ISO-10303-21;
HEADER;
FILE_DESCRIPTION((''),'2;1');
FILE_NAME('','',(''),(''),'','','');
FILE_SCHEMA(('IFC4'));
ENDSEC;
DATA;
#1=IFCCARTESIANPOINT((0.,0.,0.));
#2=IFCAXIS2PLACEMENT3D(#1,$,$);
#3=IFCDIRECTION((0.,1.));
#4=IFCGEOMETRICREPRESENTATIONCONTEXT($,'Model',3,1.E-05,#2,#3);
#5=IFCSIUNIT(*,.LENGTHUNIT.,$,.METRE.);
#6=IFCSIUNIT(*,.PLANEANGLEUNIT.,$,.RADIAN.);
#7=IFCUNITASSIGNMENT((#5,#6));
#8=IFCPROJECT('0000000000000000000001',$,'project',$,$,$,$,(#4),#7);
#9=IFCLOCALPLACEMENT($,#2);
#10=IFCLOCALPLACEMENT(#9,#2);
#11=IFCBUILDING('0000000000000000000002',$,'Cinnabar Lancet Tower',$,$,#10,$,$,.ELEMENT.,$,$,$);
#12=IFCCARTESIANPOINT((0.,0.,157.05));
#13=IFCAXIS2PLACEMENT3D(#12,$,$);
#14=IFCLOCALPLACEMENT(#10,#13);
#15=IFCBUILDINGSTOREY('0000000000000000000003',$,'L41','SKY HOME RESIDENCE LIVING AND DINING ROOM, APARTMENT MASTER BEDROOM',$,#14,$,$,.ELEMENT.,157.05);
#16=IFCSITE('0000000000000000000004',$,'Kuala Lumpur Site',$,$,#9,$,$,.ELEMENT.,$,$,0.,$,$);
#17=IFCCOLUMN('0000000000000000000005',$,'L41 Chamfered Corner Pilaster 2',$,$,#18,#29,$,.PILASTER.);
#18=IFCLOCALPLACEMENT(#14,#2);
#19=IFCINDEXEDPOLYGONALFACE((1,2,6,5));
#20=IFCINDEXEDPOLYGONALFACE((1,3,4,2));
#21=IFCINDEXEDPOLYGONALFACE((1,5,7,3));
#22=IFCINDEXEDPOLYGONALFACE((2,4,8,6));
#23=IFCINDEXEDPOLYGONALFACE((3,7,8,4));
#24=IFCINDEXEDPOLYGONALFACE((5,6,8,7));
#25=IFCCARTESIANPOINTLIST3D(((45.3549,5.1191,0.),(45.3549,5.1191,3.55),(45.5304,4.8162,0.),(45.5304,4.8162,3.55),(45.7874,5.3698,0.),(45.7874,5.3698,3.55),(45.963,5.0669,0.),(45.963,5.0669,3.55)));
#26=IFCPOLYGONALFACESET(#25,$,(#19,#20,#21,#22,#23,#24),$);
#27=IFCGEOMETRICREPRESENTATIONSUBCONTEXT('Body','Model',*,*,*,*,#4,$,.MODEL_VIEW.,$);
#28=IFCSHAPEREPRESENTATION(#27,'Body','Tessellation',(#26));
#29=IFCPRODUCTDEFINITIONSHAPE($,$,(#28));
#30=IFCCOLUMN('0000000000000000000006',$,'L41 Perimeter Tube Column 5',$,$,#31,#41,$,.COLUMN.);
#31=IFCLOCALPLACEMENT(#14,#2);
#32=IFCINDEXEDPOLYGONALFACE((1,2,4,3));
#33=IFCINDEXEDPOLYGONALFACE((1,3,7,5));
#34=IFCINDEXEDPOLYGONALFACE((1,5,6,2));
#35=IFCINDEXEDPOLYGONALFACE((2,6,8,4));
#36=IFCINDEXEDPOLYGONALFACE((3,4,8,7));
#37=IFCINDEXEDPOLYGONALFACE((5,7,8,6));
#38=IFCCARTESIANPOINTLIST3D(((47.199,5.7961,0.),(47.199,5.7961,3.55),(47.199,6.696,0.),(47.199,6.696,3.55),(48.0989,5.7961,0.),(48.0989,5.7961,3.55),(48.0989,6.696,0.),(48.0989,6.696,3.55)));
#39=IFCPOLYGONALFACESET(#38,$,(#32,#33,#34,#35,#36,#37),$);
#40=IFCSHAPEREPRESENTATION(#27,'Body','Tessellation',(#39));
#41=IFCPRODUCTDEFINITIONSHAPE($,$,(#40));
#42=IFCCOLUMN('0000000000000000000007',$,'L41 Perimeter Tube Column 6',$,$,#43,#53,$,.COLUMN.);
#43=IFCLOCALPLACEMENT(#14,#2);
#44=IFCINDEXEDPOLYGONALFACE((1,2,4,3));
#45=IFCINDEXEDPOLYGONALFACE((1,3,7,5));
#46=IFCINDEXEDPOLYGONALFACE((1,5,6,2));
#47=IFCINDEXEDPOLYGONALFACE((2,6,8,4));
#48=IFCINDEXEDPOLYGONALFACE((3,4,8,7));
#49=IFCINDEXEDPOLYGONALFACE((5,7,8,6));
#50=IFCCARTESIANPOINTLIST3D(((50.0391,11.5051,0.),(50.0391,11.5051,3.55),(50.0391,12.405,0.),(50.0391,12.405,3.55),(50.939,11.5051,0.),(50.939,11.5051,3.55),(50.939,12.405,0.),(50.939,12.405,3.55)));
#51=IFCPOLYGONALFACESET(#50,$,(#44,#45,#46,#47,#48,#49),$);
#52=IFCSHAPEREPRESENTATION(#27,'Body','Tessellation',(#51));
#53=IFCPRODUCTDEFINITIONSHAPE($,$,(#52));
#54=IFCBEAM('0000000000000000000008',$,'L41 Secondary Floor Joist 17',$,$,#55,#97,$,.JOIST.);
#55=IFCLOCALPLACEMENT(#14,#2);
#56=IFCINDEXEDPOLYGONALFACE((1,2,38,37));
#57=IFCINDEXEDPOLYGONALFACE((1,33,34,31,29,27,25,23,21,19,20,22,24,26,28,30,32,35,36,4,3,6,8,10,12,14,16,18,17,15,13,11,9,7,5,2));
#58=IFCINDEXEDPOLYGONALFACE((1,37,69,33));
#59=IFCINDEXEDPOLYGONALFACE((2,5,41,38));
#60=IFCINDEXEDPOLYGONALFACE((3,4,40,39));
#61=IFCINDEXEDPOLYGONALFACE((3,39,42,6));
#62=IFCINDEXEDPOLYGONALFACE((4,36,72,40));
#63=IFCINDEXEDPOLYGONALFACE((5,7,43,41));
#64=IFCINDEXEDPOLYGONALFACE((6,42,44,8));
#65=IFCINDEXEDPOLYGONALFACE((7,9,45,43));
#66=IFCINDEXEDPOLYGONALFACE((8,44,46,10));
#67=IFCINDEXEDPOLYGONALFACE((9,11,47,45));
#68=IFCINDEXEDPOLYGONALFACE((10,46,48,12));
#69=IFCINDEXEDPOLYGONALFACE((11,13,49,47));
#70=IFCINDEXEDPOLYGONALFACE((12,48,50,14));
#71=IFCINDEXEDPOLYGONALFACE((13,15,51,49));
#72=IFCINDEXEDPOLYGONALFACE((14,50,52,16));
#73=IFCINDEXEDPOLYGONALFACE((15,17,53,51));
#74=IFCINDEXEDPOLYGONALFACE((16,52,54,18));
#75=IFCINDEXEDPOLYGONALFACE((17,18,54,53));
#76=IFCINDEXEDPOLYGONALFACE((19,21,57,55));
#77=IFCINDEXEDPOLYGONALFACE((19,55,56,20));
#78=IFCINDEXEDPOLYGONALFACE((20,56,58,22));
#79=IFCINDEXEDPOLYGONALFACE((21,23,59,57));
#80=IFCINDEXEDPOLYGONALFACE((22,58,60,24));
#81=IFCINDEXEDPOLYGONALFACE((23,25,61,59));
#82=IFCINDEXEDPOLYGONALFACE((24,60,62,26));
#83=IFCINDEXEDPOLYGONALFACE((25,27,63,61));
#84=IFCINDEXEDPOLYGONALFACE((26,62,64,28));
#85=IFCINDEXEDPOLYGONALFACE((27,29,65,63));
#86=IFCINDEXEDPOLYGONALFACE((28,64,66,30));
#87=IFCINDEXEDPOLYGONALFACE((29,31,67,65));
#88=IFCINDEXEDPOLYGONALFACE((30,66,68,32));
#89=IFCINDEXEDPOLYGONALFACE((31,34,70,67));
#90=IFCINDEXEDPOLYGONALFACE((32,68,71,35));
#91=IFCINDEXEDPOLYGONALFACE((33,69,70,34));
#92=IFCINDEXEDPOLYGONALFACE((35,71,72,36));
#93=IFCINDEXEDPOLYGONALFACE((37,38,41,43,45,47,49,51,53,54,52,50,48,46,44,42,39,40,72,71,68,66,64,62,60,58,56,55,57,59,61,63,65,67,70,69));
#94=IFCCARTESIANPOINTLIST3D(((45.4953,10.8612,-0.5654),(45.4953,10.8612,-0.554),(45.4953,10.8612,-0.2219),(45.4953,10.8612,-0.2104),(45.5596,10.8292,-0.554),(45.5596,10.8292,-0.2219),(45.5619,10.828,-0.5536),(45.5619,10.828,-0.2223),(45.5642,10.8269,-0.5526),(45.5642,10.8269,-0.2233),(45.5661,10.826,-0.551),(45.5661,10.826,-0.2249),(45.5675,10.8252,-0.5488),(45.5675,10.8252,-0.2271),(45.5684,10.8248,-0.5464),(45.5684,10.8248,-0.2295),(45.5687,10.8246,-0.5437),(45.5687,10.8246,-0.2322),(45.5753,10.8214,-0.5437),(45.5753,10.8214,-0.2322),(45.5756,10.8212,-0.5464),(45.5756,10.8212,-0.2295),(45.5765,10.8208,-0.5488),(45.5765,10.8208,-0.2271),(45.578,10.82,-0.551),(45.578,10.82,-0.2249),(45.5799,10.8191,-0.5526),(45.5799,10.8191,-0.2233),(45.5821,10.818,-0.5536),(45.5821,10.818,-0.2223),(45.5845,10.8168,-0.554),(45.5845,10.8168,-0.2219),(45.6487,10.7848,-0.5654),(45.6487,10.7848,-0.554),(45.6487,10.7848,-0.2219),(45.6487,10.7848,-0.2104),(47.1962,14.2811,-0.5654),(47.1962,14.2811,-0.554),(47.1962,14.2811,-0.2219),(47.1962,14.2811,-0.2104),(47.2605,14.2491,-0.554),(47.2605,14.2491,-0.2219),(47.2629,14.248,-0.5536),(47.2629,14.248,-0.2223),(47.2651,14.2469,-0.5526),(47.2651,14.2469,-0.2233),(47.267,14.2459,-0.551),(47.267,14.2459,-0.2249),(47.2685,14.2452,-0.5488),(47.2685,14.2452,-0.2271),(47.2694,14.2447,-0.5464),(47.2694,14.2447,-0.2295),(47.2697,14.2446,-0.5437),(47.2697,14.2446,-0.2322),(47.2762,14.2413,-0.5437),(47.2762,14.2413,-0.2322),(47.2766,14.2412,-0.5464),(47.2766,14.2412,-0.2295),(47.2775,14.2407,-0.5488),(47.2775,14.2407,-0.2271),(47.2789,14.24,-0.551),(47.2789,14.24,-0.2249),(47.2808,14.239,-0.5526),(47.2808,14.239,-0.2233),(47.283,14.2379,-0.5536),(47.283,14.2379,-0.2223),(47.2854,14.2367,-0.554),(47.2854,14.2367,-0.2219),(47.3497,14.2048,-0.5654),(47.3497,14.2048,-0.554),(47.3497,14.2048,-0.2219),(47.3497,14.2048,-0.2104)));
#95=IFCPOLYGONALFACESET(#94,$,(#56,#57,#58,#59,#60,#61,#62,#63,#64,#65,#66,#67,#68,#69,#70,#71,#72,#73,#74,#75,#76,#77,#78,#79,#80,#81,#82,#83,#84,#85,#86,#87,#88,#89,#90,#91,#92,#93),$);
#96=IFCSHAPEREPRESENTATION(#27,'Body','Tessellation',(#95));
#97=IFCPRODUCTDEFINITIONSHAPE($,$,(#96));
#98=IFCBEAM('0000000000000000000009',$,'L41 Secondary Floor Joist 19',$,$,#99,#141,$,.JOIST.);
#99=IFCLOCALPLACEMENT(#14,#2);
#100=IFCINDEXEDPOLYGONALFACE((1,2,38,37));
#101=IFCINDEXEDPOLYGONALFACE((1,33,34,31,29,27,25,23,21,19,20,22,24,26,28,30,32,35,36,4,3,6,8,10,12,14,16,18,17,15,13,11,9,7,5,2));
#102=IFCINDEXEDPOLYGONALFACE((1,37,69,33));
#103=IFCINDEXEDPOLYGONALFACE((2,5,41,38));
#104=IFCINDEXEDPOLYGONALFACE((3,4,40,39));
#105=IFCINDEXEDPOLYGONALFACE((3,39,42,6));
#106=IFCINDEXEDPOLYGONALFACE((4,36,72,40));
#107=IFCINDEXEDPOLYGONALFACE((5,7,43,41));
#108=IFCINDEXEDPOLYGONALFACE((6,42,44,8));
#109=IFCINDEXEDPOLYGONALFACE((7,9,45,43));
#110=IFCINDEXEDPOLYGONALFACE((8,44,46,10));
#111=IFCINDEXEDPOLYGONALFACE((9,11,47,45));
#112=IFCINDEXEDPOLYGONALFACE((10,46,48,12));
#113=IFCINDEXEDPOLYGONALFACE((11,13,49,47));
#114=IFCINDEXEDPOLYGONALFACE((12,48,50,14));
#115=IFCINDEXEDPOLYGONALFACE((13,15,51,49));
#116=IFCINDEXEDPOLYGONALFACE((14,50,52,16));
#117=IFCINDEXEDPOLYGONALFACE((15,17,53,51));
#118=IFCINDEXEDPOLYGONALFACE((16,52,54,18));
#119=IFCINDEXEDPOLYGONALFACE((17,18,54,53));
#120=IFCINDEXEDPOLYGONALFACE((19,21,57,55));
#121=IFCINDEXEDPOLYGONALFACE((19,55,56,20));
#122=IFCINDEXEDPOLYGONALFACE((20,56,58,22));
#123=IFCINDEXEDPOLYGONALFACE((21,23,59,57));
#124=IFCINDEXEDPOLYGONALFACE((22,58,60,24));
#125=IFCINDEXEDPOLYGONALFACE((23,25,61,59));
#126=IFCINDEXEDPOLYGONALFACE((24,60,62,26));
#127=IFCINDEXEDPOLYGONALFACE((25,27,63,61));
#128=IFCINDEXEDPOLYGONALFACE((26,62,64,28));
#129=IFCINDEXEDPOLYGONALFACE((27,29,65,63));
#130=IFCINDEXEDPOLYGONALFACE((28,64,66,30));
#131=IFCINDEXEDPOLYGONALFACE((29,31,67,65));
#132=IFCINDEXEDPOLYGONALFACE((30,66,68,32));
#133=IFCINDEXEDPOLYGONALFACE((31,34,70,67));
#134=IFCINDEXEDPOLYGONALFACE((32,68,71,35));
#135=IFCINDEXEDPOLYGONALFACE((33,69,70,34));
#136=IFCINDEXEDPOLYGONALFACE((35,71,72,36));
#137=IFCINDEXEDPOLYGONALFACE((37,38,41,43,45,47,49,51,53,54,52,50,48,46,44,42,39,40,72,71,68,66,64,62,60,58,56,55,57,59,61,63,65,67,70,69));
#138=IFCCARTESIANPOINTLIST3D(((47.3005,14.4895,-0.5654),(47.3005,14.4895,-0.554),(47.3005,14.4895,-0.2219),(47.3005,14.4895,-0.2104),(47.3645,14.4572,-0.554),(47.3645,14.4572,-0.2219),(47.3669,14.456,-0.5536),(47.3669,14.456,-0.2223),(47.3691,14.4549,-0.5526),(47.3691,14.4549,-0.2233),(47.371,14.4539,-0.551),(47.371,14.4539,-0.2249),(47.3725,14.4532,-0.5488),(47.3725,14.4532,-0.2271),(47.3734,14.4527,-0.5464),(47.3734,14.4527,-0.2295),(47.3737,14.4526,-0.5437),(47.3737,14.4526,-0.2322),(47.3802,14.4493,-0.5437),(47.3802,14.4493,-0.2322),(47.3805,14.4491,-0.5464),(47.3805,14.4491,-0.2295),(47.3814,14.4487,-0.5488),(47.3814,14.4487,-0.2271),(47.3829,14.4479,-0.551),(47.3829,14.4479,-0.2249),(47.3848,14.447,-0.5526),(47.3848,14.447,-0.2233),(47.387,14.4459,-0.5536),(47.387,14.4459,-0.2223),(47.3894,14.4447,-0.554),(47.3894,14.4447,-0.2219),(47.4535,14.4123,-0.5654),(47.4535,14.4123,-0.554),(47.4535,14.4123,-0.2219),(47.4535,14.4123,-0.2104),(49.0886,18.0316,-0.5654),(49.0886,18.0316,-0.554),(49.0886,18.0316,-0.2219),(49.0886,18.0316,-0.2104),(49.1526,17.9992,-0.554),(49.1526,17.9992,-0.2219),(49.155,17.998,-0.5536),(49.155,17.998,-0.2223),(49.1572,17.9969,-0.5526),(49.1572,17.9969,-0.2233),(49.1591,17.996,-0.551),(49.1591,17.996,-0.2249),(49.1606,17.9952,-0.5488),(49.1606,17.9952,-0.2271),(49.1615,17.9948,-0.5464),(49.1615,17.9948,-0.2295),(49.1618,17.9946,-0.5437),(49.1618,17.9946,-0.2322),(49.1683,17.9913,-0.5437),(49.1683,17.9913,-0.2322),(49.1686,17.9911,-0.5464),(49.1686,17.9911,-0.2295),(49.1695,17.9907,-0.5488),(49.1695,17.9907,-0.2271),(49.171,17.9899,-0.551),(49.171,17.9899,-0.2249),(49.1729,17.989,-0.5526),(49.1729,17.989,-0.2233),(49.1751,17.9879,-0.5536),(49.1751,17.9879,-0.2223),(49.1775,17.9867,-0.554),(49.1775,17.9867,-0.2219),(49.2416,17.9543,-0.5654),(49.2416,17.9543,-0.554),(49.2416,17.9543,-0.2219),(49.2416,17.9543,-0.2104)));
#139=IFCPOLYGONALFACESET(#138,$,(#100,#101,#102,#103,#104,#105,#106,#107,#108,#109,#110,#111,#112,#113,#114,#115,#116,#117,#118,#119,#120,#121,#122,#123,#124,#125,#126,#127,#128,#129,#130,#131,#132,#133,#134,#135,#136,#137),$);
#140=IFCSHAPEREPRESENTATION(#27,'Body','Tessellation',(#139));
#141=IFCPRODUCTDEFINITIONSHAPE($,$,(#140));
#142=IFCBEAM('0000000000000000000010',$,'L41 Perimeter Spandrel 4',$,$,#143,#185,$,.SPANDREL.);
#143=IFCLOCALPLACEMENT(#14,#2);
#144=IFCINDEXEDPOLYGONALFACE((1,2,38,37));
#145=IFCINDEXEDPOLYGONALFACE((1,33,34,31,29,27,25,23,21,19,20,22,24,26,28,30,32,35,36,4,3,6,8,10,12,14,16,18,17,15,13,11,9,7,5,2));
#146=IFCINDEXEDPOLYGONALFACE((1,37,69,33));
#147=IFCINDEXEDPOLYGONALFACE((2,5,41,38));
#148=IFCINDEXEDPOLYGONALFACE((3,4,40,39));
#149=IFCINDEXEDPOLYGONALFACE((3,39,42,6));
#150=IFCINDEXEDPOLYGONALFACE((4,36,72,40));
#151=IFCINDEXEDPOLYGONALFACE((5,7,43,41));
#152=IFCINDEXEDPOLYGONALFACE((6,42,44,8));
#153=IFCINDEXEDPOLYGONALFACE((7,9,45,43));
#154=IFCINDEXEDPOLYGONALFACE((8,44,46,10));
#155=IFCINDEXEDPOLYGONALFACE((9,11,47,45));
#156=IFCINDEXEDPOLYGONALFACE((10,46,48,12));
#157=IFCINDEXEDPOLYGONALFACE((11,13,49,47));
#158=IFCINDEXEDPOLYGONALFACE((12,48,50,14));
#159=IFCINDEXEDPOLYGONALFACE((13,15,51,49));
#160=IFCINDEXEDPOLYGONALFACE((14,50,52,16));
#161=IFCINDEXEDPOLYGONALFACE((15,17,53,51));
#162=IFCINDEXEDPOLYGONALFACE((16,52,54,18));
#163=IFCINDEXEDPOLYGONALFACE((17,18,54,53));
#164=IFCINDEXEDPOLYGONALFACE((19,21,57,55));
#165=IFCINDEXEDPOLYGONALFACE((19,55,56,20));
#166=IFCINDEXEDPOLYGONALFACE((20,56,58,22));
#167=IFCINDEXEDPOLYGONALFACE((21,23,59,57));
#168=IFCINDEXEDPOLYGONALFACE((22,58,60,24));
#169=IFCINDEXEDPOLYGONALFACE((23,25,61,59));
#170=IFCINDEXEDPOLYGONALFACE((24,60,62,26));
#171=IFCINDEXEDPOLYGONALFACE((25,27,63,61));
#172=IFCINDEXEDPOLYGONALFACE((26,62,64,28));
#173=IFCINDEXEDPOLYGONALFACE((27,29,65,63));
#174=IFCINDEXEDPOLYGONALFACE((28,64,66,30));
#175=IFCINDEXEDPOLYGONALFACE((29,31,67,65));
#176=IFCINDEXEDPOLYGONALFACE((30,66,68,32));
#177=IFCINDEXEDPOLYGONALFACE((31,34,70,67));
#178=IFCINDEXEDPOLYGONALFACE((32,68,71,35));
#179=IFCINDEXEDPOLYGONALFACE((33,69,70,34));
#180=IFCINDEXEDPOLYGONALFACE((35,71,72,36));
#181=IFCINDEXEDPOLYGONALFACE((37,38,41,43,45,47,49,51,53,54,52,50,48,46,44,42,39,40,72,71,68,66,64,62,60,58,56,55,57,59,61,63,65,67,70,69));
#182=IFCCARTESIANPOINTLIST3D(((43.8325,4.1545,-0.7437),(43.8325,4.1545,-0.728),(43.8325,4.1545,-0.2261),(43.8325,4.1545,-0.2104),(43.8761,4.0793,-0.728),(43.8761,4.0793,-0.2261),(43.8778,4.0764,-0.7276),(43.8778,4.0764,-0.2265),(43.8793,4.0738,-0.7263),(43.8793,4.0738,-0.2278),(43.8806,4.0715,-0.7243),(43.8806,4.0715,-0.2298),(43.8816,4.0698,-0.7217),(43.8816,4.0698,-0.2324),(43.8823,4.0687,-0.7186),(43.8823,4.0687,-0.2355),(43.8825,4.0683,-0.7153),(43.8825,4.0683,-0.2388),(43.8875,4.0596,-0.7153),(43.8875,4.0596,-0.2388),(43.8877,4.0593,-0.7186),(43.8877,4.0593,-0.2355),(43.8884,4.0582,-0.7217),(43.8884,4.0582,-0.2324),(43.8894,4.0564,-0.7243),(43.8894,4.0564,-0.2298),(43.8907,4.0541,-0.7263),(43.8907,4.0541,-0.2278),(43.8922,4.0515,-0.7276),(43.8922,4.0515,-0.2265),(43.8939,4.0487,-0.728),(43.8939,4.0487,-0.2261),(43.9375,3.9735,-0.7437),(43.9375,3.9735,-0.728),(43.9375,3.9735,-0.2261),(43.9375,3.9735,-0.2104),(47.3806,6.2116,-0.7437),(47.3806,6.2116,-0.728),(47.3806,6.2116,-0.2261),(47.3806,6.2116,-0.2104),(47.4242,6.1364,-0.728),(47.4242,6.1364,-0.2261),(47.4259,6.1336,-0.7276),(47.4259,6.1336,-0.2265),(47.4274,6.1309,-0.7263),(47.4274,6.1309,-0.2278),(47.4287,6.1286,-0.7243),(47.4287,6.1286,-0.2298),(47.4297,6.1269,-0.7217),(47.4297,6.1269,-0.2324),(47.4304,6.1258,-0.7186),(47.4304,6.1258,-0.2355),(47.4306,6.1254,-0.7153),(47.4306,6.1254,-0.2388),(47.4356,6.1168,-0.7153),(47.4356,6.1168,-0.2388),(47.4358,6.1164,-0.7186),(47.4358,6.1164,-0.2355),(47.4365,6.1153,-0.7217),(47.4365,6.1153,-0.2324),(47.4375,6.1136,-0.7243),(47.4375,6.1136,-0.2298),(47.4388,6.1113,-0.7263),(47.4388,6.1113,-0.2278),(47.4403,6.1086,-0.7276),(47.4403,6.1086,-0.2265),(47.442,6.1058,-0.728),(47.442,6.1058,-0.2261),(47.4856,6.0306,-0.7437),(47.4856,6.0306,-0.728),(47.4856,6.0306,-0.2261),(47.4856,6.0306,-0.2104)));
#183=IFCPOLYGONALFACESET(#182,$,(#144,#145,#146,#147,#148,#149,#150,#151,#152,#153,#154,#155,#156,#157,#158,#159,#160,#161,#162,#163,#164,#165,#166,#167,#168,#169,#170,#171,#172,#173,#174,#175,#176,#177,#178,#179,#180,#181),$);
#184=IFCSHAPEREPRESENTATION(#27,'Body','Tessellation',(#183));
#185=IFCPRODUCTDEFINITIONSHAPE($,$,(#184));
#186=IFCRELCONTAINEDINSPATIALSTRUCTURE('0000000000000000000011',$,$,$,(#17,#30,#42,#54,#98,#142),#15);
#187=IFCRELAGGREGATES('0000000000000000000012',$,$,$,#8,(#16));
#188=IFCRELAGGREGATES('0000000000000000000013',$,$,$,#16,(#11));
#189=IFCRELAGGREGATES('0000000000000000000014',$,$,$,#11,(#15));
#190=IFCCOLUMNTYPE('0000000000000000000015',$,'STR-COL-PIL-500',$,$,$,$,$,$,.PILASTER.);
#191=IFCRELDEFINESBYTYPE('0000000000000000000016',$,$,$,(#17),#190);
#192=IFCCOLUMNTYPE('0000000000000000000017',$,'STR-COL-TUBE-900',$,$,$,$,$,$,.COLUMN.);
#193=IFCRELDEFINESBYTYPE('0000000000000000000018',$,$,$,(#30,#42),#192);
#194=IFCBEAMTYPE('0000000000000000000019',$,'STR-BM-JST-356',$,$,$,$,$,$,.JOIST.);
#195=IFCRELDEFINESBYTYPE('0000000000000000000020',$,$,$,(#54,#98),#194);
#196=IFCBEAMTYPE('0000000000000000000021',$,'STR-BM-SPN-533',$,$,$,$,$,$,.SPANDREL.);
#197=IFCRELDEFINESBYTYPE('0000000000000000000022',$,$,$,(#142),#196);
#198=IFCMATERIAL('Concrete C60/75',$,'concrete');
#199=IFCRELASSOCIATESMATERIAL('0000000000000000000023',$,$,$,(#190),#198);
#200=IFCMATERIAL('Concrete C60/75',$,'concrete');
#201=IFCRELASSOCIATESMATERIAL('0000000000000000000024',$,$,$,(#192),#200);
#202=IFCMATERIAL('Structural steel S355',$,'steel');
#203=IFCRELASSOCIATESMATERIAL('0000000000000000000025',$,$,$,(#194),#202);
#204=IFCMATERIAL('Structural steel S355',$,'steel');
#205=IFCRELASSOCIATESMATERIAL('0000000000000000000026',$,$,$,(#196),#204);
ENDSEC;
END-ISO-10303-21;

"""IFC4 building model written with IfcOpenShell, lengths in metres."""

from ifc_helpers import new_model, si_unit, direction, frame, origin, origin_2d, place, context, subcontext, project, spatial, rectangle, i_section, extrude, material, material_profile, profile_set, type_object, element, save


model = new_model("IFC4")

# Units and contexts
model_context = context("Model", 3, precision=1e-05, world=origin(), true_north=direction((0.0, 1.0)))
body_context = subcontext(model_context, "Body", "Model", "MODEL_VIEW")
ifc_project = project(units=[si_unit("LENGTHUNIT", "METRE"), si_unit("PLANEANGLEUNIT", "RADIAN")], contexts=[model_context])

# Site, building, storey
site_placement = place(None, origin())
site = spatial("IfcSite", under=ifc_project, at=site_placement, Name="Kuala Lumpur Site", CompositionType="ELEMENT", RefElevation=0.0)
building_placement = place(site_placement, origin())
building = spatial("IfcBuilding", under=site, at=building_placement, Name="Cinnabar Lancet Tower", CompositionType="ELEMENT")
storey_placement = place(building_placement, frame((0.0, 0.0, 157.05)))
storey = spatial("IfcBuildingStorey", under=building, at=storey_placement, Name="L41", Description="SKY HOME RESIDENCE LIVING AND DINING ROOM, APARTMENT MASTER BEDROOM", CompositionType="ELEMENT", Elevation=157.05)

# Columns
ifc_material_1 = material(Name="Concrete C60/75", Category="concrete")
ifc_material_profile_1 = material_profile(ifc_material_1, rectangle(XDim=0.5, YDim=0.3501, at=origin_2d()), Name="RC-PIL 500x350")
ifc_profile_set_1 = profile_set([ifc_material_profile_1], Name="Concrete C60/75")
column_type_1 = type_object("IfcColumnType", Name="STR-COL-PIL-500", PredefinedType="PILASTER", material=ifc_profile_set_1)
column_placement = place(storey_placement, frame((45.6589, 5.093, 0.0), z_axis=(0.0, 0.0, 1.0), x_axis=(0.86516, 0.501496, 0.0)))
element("IfcColumn", 1, at=column_placement, inside=storey, type_object=column_type_1, Name="L41 Chamfered Corner Pilaster 2", PredefinedType="PILASTER", context=body_context, shape_type="SweptSolid", body=[
    extrude(rectangle(XDim=0.5, YDim=0.3501, at=origin_2d()), origin(), (0.0, 0.0, 1.0), 3.55),
])
ifc_material_2 = material(Name="Concrete C60/75", Category="concrete")
ifc_material_profile_2 = material_profile(ifc_material_2, rectangle(XDim=0.8999, YDim=0.8999, at=origin_2d()), Name="RC-COL 900x900")
ifc_profile_set_2 = profile_set([ifc_material_profile_2], Name="Concrete C60/75")
column_type_2 = type_object("IfcColumnType", Name="STR-COL-TUBE-900", PredefinedType="COLUMN", material=ifc_profile_set_2)
for number, where, z_axis, x_axis, name in (
    (2, (47.6489, 6.2461, 0.0), (0.0, 0.0, 1.0), (1.0, 0.0, 0.0), "L41 Perimeter Tube Column 5"),
    (3, (50.489, 11.9551, 0.0), (0.0, 0.0, 1.0), (1.0, 0.0, 0.0), "L41 Perimeter Tube Column 6"),
):
    element("IfcColumn", number, at=place(storey_placement, frame(where, z_axis=z_axis, x_axis=x_axis)), inside=storey, type_object=column_type_2, Name=name, PredefinedType="COLUMN", context=body_context, shape_type="SweptSolid", body=[
        extrude(rectangle(XDim=0.8999, YDim=0.8999, at=origin_2d()), origin(), (0.0, 0.0, 1.0), 3.55),
    ])

# Beams
ifc_material_3 = material(Name="Structural steel S355", Category="steel")
ifc_material_profile_3 = material_profile(ifc_material_3, i_section(OverallWidth=0.1714, OverallDepth=0.355, WebThickness=0.0073, FlangeThickness=0.0115, FilletRadius=0.0103, at=origin_2d()), Name="UKB 356x171x51")
ifc_profile_set_3 = profile_set([ifc_material_profile_3], Name="Structural steel S355")
beam_type_1 = type_object("IfcBeamType", Name="STR-BM-JST-356", PredefinedType="JOIST", material=ifc_profile_set_3)
beam_1_placement = place(storey_placement, frame((45.572, 10.823, -0.3879), z_axis=(0.445321, 0.895371, 0.0), x_axis=(-0.895371, 0.445321, 0.0)))
element("IfcBeam", 4, at=beam_1_placement, inside=storey, type_object=beam_type_1, Name="L41 Secondary Floor Joist 17", PredefinedType="JOIST", context=body_context, shape_type="SweptSolid", body=[
    extrude(i_section(OverallWidth=0.1714, OverallDepth=0.355, WebThickness=0.0073, FlangeThickness=0.0115, FilletRadius=0.0103, at=origin_2d()), origin(), (0.0, 0.0, 1.0), 3.8196),
])
beam_2_placement = place(storey_placement, frame((47.377, 14.4509, -0.3879), z_axis=(0.450656, 0.892698, 0.0), x_axis=(-0.892698, 0.450656, 0.0)))
element("IfcBeam", 5, at=beam_2_placement, inside=storey, type_object=beam_type_1, Name="L41 Secondary Floor Joist 19", PredefinedType="JOIST", context=body_context, shape_type="SweptSolid", body=[
    extrude(i_section(OverallWidth=0.1714, OverallDepth=0.355, WebThickness=0.0073, FlangeThickness=0.0115, FilletRadius=0.0103, at=origin_2d()), origin(), (0.0, 0.0, 1.0), 3.9678),
])
ifc_material_4 = material(Name="Structural steel S355", Category="steel")
ifc_material_profile_4 = material_profile(ifc_material_4, i_section(OverallWidth=0.2092, OverallDepth=0.5332, WebThickness=0.01, FlangeThickness=0.0156, FilletRadius=0.0127, at=origin_2d()), Name="UKB 533x210x92")
ifc_profile_set_4 = profile_set([ifc_material_profile_4], Name="Structural steel S355")
beam_type_2 = type_object("IfcBeamType", Name="STR-BM-SPN-533", PredefinedType="SPANDREL", material=ifc_profile_set_4)
beam_3_placement = place(storey_placement, frame((43.885, 4.064, -0.4771), z_axis=(0.865112, 0.501578, 0.0), x_axis=(-0.501578, 0.865112, 0.0)))
element("IfcBeam", 6, at=beam_3_placement, inside=storey, type_object=beam_type_2, Name="L41 Perimeter Spandrel 4", PredefinedType="SPANDREL", context=body_context, shape_type="SweptSolid", body=[
    extrude(i_section(OverallWidth=0.2092, OverallDepth=0.5332, WebThickness=0.01, FlangeThickness=0.0156, FilletRadius=0.0127, at=origin_2d()), origin(), (0.0, 0.0, 1.0), 4.1013),
])

save(model, "model.ifc")
